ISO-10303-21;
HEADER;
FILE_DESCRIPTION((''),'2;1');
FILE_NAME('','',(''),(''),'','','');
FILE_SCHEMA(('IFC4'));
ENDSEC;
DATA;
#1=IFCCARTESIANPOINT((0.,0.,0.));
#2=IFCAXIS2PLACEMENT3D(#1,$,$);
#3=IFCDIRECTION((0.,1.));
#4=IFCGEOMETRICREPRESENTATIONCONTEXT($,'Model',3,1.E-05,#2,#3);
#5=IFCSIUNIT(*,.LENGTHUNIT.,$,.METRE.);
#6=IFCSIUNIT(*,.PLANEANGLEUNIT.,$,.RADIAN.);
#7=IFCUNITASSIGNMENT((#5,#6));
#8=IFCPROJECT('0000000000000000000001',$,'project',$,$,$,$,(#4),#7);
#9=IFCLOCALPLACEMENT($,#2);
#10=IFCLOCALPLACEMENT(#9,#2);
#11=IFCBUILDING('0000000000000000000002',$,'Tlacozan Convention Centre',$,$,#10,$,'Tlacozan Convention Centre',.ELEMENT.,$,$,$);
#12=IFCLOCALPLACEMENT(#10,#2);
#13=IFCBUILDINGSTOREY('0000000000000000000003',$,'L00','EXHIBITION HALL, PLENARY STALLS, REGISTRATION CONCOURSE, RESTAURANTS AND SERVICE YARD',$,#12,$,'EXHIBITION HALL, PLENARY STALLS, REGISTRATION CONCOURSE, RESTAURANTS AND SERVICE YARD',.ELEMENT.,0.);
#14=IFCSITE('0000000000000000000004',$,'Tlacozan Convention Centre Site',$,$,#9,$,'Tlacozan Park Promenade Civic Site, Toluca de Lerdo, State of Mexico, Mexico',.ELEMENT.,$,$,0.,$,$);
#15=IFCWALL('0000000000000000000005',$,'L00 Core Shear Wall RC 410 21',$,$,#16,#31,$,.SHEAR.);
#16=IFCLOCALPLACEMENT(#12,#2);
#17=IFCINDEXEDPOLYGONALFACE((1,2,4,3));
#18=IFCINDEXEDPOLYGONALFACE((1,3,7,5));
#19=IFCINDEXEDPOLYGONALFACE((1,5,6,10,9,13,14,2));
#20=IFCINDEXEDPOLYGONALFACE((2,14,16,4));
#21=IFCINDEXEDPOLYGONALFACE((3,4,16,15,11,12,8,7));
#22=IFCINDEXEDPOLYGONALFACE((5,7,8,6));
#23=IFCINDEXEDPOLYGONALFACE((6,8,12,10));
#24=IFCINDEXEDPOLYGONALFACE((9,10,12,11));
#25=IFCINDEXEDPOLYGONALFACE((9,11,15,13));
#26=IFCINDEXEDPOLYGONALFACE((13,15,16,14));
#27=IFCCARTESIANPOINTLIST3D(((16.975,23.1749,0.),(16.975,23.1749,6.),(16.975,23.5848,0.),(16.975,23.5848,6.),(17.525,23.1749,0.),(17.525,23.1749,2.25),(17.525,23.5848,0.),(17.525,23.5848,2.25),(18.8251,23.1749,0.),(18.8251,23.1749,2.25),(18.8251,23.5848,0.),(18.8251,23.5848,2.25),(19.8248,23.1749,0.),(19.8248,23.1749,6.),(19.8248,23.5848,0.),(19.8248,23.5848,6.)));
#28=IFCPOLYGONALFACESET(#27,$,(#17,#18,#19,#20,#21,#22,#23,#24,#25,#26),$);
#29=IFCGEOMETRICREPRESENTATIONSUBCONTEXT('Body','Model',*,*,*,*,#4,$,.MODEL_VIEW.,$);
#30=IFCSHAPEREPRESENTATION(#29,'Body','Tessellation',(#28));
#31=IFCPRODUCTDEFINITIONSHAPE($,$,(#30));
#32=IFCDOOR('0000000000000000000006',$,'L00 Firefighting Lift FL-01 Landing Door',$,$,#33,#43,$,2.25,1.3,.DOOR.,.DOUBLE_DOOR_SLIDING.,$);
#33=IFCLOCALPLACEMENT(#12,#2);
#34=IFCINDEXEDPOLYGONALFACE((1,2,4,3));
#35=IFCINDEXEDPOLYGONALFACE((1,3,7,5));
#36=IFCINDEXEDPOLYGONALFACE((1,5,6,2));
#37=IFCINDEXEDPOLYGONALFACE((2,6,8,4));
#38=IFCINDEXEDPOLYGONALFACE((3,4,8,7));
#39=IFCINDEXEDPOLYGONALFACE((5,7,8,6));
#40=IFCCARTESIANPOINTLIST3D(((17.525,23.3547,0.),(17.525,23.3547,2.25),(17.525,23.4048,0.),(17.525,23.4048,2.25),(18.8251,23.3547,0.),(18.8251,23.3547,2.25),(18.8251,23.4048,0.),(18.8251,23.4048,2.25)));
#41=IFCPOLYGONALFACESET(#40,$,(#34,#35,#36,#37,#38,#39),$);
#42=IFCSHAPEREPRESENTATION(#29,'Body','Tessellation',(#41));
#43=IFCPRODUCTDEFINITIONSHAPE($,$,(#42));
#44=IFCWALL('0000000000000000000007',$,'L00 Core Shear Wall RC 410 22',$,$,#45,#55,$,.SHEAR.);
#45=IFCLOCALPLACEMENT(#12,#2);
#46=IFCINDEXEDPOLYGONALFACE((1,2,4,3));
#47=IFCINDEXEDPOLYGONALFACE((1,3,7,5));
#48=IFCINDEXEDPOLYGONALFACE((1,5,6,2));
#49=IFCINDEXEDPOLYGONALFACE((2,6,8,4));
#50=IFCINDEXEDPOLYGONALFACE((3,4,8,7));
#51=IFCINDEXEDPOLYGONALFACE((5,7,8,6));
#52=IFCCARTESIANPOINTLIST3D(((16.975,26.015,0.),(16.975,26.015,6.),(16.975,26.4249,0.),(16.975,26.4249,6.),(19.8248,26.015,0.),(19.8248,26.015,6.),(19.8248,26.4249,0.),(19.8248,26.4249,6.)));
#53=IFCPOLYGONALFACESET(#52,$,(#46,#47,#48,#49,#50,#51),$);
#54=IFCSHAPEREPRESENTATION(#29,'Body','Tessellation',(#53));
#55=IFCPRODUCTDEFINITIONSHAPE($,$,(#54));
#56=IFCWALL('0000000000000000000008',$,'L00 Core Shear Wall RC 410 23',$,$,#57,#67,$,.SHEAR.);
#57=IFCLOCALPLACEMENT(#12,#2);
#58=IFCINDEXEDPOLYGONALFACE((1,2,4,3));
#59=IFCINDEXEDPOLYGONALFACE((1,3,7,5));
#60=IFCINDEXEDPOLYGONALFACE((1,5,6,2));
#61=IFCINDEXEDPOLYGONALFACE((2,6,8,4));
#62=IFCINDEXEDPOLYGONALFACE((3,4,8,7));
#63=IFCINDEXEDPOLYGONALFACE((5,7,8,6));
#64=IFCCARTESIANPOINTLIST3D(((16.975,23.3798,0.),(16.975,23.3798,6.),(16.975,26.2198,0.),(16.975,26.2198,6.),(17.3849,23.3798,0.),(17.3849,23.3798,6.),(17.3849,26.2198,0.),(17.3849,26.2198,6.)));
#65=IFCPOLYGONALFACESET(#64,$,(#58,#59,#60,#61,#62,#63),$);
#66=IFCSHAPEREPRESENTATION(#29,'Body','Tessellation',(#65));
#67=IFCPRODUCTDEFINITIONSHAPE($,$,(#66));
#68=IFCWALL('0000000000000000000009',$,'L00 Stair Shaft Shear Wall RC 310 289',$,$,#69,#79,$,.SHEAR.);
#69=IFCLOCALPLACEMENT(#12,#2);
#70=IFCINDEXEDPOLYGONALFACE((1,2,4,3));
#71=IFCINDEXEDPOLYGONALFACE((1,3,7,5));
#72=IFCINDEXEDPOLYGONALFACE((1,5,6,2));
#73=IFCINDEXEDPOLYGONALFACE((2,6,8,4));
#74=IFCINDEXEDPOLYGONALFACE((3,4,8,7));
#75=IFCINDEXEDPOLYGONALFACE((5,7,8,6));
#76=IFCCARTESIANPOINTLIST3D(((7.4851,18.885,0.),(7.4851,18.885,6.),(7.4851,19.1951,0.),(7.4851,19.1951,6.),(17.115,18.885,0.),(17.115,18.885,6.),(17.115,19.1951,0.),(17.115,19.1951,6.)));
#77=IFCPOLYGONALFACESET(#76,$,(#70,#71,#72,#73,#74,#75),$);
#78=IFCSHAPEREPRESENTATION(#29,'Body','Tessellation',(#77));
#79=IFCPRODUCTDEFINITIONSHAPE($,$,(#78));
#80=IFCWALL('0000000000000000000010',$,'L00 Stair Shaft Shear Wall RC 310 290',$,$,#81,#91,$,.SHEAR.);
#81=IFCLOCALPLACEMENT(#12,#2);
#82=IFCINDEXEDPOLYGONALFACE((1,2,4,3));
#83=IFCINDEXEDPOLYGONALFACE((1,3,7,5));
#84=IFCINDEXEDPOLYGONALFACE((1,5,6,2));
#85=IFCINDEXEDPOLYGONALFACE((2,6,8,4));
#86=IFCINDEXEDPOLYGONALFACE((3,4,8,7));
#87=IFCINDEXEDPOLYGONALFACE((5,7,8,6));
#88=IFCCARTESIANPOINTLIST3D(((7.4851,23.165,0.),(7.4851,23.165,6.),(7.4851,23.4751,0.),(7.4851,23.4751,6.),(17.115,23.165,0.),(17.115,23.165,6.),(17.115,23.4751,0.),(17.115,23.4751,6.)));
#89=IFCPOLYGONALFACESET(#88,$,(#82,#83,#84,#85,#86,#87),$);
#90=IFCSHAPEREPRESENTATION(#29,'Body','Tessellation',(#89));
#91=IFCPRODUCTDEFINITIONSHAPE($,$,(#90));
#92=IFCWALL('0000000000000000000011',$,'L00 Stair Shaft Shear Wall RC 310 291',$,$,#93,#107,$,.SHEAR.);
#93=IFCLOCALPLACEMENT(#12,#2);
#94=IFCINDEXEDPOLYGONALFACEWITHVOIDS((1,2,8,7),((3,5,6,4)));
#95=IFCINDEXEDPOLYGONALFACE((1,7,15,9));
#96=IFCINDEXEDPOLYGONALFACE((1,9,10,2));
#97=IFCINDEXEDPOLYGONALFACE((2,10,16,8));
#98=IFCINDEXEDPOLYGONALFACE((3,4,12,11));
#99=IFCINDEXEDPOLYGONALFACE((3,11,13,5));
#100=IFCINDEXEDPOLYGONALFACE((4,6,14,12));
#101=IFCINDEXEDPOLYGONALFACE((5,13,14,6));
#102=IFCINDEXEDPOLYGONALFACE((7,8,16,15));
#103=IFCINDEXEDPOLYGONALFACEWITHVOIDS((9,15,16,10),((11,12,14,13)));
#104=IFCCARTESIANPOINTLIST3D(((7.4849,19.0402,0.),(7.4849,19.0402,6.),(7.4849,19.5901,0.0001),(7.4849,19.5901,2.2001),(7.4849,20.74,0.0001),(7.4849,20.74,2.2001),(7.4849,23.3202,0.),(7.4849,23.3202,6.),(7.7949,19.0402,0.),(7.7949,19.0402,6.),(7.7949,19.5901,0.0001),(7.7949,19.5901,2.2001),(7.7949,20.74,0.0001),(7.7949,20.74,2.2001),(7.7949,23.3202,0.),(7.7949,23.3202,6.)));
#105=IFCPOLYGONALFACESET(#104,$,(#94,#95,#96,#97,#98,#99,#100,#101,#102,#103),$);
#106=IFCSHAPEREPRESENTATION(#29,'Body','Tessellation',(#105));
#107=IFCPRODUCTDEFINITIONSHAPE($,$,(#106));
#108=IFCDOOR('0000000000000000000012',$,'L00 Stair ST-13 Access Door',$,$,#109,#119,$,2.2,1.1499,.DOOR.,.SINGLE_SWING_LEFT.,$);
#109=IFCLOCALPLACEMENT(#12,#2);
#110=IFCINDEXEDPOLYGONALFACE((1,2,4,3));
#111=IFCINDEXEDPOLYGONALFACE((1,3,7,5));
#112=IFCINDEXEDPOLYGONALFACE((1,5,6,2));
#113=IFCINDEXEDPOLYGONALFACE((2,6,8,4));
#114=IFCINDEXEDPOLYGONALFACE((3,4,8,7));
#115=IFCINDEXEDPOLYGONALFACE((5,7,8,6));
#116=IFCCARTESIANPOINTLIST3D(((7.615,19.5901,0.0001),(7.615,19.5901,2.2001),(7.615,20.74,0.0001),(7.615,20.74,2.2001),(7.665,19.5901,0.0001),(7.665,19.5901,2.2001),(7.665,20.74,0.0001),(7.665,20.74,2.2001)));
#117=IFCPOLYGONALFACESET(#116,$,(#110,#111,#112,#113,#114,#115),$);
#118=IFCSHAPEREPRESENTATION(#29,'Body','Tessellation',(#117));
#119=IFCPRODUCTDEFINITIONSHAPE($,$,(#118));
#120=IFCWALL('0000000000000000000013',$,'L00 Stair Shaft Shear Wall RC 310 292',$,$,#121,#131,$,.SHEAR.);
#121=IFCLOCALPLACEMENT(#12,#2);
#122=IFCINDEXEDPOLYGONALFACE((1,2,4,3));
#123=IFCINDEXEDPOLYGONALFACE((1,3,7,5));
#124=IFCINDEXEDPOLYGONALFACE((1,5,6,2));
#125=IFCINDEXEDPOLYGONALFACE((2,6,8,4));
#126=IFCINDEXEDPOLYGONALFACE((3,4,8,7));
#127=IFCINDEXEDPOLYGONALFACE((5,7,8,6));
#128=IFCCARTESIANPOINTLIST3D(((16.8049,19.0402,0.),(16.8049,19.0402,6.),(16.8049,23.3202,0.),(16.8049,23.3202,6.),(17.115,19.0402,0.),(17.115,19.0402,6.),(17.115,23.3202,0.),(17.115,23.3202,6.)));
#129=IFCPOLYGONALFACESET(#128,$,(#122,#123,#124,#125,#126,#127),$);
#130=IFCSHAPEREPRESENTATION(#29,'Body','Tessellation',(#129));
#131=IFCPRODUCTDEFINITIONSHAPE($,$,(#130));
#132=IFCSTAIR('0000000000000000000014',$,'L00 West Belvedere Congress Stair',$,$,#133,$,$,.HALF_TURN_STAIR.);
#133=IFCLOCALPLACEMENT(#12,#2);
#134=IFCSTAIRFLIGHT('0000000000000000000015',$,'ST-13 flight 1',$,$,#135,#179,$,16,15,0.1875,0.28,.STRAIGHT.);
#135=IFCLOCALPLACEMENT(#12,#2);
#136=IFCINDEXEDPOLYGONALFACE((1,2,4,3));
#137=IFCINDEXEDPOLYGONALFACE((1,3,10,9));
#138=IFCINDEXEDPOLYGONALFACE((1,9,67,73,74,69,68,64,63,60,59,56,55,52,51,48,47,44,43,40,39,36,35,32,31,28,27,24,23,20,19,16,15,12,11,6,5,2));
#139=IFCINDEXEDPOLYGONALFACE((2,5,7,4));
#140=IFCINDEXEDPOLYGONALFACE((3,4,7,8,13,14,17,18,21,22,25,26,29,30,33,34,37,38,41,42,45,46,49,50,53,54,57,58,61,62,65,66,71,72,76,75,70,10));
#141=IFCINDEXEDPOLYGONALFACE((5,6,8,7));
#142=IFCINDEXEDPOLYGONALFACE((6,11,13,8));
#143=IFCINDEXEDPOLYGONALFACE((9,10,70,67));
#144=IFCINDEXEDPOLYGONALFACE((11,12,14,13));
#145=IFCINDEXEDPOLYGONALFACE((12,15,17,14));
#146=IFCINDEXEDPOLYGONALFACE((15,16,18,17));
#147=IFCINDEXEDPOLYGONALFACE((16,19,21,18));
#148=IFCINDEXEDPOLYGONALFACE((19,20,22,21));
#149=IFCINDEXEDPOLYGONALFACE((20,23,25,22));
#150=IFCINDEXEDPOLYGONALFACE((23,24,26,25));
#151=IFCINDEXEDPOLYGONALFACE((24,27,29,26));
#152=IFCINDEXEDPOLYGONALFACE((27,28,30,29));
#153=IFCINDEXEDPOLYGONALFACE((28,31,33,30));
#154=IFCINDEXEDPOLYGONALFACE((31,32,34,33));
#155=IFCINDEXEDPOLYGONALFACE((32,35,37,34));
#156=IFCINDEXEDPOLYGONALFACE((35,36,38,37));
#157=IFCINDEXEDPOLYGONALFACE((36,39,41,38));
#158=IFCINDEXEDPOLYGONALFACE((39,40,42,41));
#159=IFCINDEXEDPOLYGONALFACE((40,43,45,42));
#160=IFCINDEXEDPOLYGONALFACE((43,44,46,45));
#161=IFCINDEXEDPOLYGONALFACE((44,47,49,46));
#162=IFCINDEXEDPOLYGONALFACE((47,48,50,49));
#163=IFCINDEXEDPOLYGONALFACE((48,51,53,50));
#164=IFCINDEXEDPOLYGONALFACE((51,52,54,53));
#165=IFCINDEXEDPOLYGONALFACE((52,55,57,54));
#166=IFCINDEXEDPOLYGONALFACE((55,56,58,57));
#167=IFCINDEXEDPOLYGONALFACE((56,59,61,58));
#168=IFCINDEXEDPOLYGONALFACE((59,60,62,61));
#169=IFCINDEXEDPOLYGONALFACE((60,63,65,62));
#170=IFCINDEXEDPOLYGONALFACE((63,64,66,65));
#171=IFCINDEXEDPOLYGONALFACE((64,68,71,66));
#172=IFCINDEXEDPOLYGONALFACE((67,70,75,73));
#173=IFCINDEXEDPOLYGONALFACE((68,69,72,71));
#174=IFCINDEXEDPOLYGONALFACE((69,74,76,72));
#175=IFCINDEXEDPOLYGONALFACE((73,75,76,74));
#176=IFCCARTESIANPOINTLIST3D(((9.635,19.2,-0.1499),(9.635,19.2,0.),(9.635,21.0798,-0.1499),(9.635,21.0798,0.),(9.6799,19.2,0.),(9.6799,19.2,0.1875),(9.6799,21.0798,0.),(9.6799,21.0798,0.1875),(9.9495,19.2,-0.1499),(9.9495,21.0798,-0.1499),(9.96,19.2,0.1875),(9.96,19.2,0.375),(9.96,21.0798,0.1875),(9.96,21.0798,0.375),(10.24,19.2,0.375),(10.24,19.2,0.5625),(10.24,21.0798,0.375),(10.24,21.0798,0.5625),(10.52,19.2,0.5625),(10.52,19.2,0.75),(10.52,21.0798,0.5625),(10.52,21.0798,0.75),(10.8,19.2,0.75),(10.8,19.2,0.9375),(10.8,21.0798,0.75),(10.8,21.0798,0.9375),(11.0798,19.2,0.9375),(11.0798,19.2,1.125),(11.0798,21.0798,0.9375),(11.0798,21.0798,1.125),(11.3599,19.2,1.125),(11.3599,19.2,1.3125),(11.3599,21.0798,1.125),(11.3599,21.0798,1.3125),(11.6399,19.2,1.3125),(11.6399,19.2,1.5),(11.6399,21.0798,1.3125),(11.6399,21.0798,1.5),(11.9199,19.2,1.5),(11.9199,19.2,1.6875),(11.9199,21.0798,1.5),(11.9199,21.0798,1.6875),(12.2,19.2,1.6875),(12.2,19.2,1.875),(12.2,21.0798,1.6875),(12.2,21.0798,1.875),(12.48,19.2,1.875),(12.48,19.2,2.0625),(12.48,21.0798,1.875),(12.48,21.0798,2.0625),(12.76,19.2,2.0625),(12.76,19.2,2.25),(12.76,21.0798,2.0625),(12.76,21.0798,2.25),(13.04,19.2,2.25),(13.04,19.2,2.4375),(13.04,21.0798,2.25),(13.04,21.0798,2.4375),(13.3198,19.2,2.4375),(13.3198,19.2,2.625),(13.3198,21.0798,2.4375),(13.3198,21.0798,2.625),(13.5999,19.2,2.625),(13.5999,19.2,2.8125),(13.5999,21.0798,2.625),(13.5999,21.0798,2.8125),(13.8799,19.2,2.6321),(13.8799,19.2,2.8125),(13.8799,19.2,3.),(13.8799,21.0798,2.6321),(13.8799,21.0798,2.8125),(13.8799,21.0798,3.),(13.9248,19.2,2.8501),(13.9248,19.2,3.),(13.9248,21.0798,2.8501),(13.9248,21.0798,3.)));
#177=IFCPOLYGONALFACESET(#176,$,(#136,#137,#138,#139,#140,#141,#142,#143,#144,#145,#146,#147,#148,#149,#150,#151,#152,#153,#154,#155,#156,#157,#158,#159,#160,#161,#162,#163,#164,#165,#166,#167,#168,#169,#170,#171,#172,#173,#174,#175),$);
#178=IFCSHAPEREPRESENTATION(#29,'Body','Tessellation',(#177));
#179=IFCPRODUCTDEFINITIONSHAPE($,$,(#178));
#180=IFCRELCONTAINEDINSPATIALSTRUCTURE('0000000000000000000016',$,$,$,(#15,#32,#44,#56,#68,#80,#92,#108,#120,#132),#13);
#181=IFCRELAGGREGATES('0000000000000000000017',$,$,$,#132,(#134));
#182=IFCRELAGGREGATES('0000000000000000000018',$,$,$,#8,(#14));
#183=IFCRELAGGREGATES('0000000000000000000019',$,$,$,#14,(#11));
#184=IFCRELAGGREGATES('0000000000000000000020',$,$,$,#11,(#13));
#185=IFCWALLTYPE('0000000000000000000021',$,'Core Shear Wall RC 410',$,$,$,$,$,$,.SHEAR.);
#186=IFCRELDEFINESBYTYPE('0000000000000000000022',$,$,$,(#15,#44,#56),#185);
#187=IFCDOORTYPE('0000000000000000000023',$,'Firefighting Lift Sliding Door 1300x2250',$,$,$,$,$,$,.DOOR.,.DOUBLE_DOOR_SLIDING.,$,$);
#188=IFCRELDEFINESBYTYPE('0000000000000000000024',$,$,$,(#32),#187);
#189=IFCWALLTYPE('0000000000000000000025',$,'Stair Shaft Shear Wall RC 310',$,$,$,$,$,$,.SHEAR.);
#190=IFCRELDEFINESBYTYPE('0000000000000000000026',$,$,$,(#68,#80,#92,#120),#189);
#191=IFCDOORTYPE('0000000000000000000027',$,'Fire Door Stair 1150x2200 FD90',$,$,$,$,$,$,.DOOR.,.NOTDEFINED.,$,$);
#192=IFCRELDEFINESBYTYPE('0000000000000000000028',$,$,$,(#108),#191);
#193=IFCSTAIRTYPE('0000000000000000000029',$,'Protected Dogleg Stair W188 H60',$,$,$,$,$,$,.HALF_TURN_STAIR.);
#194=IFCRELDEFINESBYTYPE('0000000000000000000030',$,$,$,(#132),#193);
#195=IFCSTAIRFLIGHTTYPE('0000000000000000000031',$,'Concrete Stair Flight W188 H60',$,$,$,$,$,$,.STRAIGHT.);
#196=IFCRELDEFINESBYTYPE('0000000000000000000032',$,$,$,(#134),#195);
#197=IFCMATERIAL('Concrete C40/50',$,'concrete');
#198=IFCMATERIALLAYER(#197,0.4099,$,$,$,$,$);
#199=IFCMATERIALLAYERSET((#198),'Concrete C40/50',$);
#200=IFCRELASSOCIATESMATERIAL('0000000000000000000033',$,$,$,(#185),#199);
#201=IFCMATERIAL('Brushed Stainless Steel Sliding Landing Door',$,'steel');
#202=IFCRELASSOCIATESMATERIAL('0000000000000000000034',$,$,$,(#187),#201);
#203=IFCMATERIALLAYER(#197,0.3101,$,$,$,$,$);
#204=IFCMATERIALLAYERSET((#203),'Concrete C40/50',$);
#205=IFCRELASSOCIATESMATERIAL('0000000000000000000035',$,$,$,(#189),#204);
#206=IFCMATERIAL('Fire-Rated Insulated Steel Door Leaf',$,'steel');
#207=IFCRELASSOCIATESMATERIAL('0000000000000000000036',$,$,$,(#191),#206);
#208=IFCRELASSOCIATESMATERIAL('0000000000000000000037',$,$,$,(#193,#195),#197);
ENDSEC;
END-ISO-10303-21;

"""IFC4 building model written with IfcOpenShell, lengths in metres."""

from ifc_helpers import new_model, si_unit, direction, frame, frame_2d, origin, place, context, subcontext, project, spatial, polyline, rectangle, outline, extrude, material, layer, layer_set, type_object, element, fill, aggregate, save


model = new_model("IFC4")

# Units and contexts
model_context = context("Model", 3, precision=1e-05, world=origin(), true_north=direction((0.0, 1.0)))
body_context = subcontext(model_context, "Body", "Model", "MODEL_VIEW")
ifc_project = project(units=[si_unit("LENGTHUNIT", "METRE"), si_unit("PLANEANGLEUNIT", "RADIAN")], contexts=[model_context])

# Site, building, storey
site_placement = place(None, origin())
site = spatial("IfcSite", under=ifc_project, at=site_placement, Name="Tlacozan Convention Centre Site", LongName="Tlacozan Park Promenade Civic Site, Toluca de Lerdo, State of Mexico, Mexico", CompositionType="ELEMENT", RefElevation=0.0)
building_placement = place(site_placement, origin())
building = spatial("IfcBuilding", under=site, at=building_placement, Name="Tlacozan Convention Centre", LongName="Tlacozan Convention Centre", CompositionType="ELEMENT")
storey_placement = place(building_placement, origin())
storey = spatial("IfcBuildingStorey", under=building, at=storey_placement, Name="L00", Description="EXHIBITION HALL, PLENARY STALLS, REGISTRATION CONCOURSE, RESTAURANTS AND SERVICE YARD", LongName="EXHIBITION HALL, PLENARY STALLS, REGISTRATION CONCOURSE, RESTAURANTS AND SERVICE YARD", CompositionType="ELEMENT", Elevation=0.0)

# Shared definitions
ifc_material_1 = material(Name="Concrete C40/50", Category="concrete")

# Wall, opening, door
ifc_layer_1 = layer(ifc_material_1, 0.4099)
ifc_layer_set_1 = layer_set([ifc_layer_1], Name="Concrete C40/50")
wall_type_1 = type_object("IfcWallType", Name="Core Shear Wall RC 410", PredefinedType="SHEAR", material=ifc_layer_set_1)
wall_1_placement = place(storey_placement, frame((16.9751, 23.3799, 0.0), z_axis=(0.0, 0.0, 1.0), x_axis=(1.0, 0.0, 0.0)))
wall_1 = element("IfcWall", 1, at=wall_1_placement, inside=storey, type_object=wall_type_1, Name="L00 Core Shear Wall RC 410 21", PredefinedType="SHEAR", context=body_context, shape_type="SweptSolid", body=[
    extrude(rectangle(XDim=2.8499, YDim=0.4099, at=frame_2d((1.4248, 0.0))), origin(), (0.0, 0.0, 1.0), 6.0),
])
opening_1_placement = place(wall_1_placement, frame((0.55, 0.0, 0.0)))
opening_1 = element("IfcOpeningElement", 2, at=opening_1_placement, cuts=wall_1, PredefinedType="OPENING", context=body_context, shape_type="SweptSolid", body=[
    extrude(rectangle(XDim=1.3, YDim=2.25, at=frame_2d((0.6499, 1.125))), frame((0.0, 0.2148, 0.0), z_axis=(0.0, -1.0, 0.0), x_axis=(1.0, 0.0, 0.0)), (0.0, 0.0, 1.0), 0.4299),
])
ifc_material_2 = material(Name="Brushed Stainless Steel Sliding Landing Door", Category="steel")
door_type_1 = type_object("IfcDoorType", Name="Firefighting Lift Sliding Door 1300x2250", OperationType="DOUBLE_DOOR_SLIDING", PredefinedType="DOOR", material=ifc_material_2)
door_1_placement = place(opening_1_placement, origin())
door_1 = element("IfcDoor", 3, at=door_1_placement, inside=storey, type_object=door_type_1, Name="L00 Firefighting Lift FL-01 Landing Door", OperationType="DOUBLE_DOOR_SLIDING", OverallHeight=2.25, OverallWidth=1.3, PredefinedType="DOOR", context=body_context, shape_type="SweptSolid", body=[
    extrude(rectangle(XDim=1.3, YDim=2.25, at=frame_2d((0.6499, 1.125))), frame((0.0, 0.0249, 0.0), z_axis=(0.0, -1.0, 0.0), x_axis=(1.0, 0.0, 0.0)), (0.0, 0.0, 1.0), 0.05),
])
fill(opening_1, door_1)

# Walls
wall_2_placement = place(storey_placement, frame((16.9751, 26.22, 0.0), z_axis=(0.0, 0.0, 1.0), x_axis=(1.0, 0.0, 0.0)))
element("IfcWall", 4, at=wall_2_placement, inside=storey, type_object=wall_type_1, Name="L00 Core Shear Wall RC 410 22", PredefinedType="SHEAR", context=body_context, shape_type="SweptSolid", body=[
    extrude(rectangle(XDim=2.8499, YDim=0.4099, at=frame_2d((1.4248, 0.0))), origin(), (0.0, 0.0, 1.0), 6.0),
])
wall_3_placement = place(storey_placement, frame((17.1799, 23.3799, 0.0), z_axis=(0.0, 0.0, 1.0), x_axis=(0.0, 1.0, 0.0)))
element("IfcWall", 5, at=wall_3_placement, inside=storey, type_object=wall_type_1, Name="L00 Core Shear Wall RC 410 23", PredefinedType="SHEAR", context=body_context, shape_type="SweptSolid", body=[
    extrude(rectangle(XDim=2.8401, YDim=0.4099, at=frame_2d((1.4199, 0.0))), origin(), (0.0, 0.0, 1.0), 6.0),
])
ifc_layer_2 = layer(ifc_material_1, 0.3101)
ifc_layer_set_2 = layer_set([ifc_layer_2], Name="Concrete C40/50")
wall_type_2 = type_object("IfcWallType", Name="Stair Shaft Shear Wall RC 310", PredefinedType="SHEAR", material=ifc_layer_set_2)
for number, where, z_axis, x_axis, name in (
    (6, (7.4851, 19.04, 0.0), (0.0, 0.0, 1.0), (1.0, 0.0, 0.0), "L00 Stair Shaft Shear Wall RC 310 289"),
    (7, (7.4851, 23.3201, 0.0), (0.0, 0.0, 1.0), (1.0, 0.0, 0.0), "L00 Stair Shaft Shear Wall RC 310 290"),
):
    element("IfcWall", number, at=place(storey_placement, frame(where, z_axis=z_axis, x_axis=x_axis)), inside=storey, type_object=wall_type_2, Name=name, PredefinedType="SHEAR", context=body_context, shape_type="SweptSolid", body=[
        extrude(rectangle(XDim=9.6299, YDim=0.3101, at=frame_2d((4.8149, 0.0))), origin(), (0.0, 0.0, 1.0), 6.0),
    ])

# Wall, opening, door
wall_4_placement = place(storey_placement, frame((7.6399, 19.04, 0.0), z_axis=(0.0, 0.0, 1.0), x_axis=(0.0, 1.0, 0.0)))
wall_4 = element("IfcWall", 8, at=wall_4_placement, inside=storey, type_object=wall_type_2, Name="L00 Stair Shaft Shear Wall RC 310 291", PredefinedType="SHEAR", context=body_context, shape_type="SweptSolid", body=[
    extrude(rectangle(XDim=4.28, YDim=0.3101, at=frame_2d((2.1401, 0.0))), origin(), (0.0, 0.0, 1.0), 6.0),
])
opening_2_placement = place(wall_4_placement, frame((0.55, 0.0, 0.0)))
opening_2 = element("IfcOpeningElement", 9, at=opening_2_placement, cuts=wall_4, PredefinedType="OPENING", context=body_context, shape_type="SweptSolid", body=[
    extrude(rectangle(XDim=1.1499, YDim=2.2, at=frame_2d((0.575, 1.1001))), frame((0.0, 0.165, 0.0), z_axis=(0.0, -1.0, 0.0), x_axis=(1.0, 0.0, 0.0)), (0.0, 0.0, 1.0), 0.3301),
])
ifc_material_3 = material(Name="Fire-Rated Insulated Steel Door Leaf", Category="steel")
door_type_2 = type_object("IfcDoorType", Name="Fire Door Stair 1150x2200 FD90", OperationType="NOTDEFINED", PredefinedType="DOOR", material=ifc_material_3)
door_2_placement = place(opening_2_placement, origin())
door_2 = element("IfcDoor", 10, at=door_2_placement, inside=storey, type_object=door_type_2, Name="L00 Stair ST-13 Access Door", OperationType="SINGLE_SWING_LEFT", OverallHeight=2.2, OverallWidth=1.1499, PredefinedType="DOOR", context=body_context, shape_type="SweptSolid", body=[
    extrude(rectangle(XDim=1.1499, YDim=2.2, at=frame_2d((0.575, 1.1001))), frame((0.0, 0.0249, 0.0), z_axis=(0.0, -1.0, 0.0), x_axis=(1.0, 0.0, 0.0)), (0.0, 0.0, 1.0), 0.05),
])
fill(opening_2, door_2)

# Wall
wall_5_placement = place(storey_placement, frame((16.96, 19.04, 0.0), z_axis=(0.0, 0.0, 1.0), x_axis=(0.0, 1.0, 0.0)))
element("IfcWall", 11, at=wall_5_placement, inside=storey, type_object=wall_type_2, Name="L00 Stair Shaft Shear Wall RC 310 292", PredefinedType="SHEAR", context=body_context, shape_type="SweptSolid", body=[
    extrude(rectangle(XDim=4.28, YDim=0.3101, at=frame_2d((2.1401, 0.0))), origin(), (0.0, 0.0, 1.0), 6.0),
])

# Stair, stair flight
stair_type = type_object("IfcStairType", Name="Protected Dogleg Stair W188 H60", PredefinedType="HALF_TURN_STAIR", material=ifc_material_1)
stair_placement = place(storey_placement, origin())
stair = element("IfcStair", 12, at=stair_placement, inside=storey, type_object=stair_type, Name="L00 West Belvedere Congress Stair", PredefinedType="HALF_TURN_STAIR")
stair_flight_type = type_object("IfcStairFlightType", Name="Concrete Stair Flight W188 H60", PredefinedType="STRAIGHT", material=ifc_material_1)
stair_flight_1_placement = place(storey_placement, frame((9.6799, 20.1399, 0.0), z_axis=(0.0, 0.0, 1.0), x_axis=(1.0, 0.0, 0.0)))
stair_flight_1 = element("IfcStairFlight", 13, at=stair_flight_1_placement, type_object=stair_flight_type, Name="ST-13 flight 1", NumberOfRisers=16, NumberOfTreads=15, PredefinedType="STRAIGHT", RiserHeight=0.1875, TreadLength=0.28, context=body_context, shape_type="SweptSolid", body=[
    extrude(outline(polyline([(-0.0449, -0.1499), (-0.0449, 0.0), (0.0, 0.0), (0.0, 0.1875), (0.28, 0.1875), (0.28, 0.375), (0.5601, 0.375), (0.5601, 0.5625), (0.8401, 0.5625), (0.8401, 0.75), (1.1201, 0.75), (1.1201, 0.9375), (1.3999, 0.9375), (1.3999, 1.125), (1.6799, 1.125), (1.6799, 1.3125), (1.96, 1.3125), (1.96, 1.5), (2.24, 1.5), (2.24, 1.6875), (2.52, 1.6875), (2.52, 1.875), (2.8, 1.875), (2.8, 2.0625), (3.0801, 2.0625), (3.0801, 2.25), (3.3601, 2.25), (3.3601, 2.4375), (3.6399, 2.4375), (3.6399, 2.625), (3.9199, 2.625), (3.9199, 2.8125), (4.2, 2.8125), (4.2, 3.0), (4.2449, 3.0), (4.2449, 2.8501), (4.2, 2.6321), (0.2695, -0.1499), (-0.0449, -0.1499)])), frame((0.0, 0.9399, 0.0), z_axis=(0.0, -1.0, 0.0), x_axis=(1.0, 0.0, 0.0)), (0.0, 0.0, 1.0), 1.8799),
])
aggregate(stair, [stair_flight_1])

save(model, "model.ifc")
